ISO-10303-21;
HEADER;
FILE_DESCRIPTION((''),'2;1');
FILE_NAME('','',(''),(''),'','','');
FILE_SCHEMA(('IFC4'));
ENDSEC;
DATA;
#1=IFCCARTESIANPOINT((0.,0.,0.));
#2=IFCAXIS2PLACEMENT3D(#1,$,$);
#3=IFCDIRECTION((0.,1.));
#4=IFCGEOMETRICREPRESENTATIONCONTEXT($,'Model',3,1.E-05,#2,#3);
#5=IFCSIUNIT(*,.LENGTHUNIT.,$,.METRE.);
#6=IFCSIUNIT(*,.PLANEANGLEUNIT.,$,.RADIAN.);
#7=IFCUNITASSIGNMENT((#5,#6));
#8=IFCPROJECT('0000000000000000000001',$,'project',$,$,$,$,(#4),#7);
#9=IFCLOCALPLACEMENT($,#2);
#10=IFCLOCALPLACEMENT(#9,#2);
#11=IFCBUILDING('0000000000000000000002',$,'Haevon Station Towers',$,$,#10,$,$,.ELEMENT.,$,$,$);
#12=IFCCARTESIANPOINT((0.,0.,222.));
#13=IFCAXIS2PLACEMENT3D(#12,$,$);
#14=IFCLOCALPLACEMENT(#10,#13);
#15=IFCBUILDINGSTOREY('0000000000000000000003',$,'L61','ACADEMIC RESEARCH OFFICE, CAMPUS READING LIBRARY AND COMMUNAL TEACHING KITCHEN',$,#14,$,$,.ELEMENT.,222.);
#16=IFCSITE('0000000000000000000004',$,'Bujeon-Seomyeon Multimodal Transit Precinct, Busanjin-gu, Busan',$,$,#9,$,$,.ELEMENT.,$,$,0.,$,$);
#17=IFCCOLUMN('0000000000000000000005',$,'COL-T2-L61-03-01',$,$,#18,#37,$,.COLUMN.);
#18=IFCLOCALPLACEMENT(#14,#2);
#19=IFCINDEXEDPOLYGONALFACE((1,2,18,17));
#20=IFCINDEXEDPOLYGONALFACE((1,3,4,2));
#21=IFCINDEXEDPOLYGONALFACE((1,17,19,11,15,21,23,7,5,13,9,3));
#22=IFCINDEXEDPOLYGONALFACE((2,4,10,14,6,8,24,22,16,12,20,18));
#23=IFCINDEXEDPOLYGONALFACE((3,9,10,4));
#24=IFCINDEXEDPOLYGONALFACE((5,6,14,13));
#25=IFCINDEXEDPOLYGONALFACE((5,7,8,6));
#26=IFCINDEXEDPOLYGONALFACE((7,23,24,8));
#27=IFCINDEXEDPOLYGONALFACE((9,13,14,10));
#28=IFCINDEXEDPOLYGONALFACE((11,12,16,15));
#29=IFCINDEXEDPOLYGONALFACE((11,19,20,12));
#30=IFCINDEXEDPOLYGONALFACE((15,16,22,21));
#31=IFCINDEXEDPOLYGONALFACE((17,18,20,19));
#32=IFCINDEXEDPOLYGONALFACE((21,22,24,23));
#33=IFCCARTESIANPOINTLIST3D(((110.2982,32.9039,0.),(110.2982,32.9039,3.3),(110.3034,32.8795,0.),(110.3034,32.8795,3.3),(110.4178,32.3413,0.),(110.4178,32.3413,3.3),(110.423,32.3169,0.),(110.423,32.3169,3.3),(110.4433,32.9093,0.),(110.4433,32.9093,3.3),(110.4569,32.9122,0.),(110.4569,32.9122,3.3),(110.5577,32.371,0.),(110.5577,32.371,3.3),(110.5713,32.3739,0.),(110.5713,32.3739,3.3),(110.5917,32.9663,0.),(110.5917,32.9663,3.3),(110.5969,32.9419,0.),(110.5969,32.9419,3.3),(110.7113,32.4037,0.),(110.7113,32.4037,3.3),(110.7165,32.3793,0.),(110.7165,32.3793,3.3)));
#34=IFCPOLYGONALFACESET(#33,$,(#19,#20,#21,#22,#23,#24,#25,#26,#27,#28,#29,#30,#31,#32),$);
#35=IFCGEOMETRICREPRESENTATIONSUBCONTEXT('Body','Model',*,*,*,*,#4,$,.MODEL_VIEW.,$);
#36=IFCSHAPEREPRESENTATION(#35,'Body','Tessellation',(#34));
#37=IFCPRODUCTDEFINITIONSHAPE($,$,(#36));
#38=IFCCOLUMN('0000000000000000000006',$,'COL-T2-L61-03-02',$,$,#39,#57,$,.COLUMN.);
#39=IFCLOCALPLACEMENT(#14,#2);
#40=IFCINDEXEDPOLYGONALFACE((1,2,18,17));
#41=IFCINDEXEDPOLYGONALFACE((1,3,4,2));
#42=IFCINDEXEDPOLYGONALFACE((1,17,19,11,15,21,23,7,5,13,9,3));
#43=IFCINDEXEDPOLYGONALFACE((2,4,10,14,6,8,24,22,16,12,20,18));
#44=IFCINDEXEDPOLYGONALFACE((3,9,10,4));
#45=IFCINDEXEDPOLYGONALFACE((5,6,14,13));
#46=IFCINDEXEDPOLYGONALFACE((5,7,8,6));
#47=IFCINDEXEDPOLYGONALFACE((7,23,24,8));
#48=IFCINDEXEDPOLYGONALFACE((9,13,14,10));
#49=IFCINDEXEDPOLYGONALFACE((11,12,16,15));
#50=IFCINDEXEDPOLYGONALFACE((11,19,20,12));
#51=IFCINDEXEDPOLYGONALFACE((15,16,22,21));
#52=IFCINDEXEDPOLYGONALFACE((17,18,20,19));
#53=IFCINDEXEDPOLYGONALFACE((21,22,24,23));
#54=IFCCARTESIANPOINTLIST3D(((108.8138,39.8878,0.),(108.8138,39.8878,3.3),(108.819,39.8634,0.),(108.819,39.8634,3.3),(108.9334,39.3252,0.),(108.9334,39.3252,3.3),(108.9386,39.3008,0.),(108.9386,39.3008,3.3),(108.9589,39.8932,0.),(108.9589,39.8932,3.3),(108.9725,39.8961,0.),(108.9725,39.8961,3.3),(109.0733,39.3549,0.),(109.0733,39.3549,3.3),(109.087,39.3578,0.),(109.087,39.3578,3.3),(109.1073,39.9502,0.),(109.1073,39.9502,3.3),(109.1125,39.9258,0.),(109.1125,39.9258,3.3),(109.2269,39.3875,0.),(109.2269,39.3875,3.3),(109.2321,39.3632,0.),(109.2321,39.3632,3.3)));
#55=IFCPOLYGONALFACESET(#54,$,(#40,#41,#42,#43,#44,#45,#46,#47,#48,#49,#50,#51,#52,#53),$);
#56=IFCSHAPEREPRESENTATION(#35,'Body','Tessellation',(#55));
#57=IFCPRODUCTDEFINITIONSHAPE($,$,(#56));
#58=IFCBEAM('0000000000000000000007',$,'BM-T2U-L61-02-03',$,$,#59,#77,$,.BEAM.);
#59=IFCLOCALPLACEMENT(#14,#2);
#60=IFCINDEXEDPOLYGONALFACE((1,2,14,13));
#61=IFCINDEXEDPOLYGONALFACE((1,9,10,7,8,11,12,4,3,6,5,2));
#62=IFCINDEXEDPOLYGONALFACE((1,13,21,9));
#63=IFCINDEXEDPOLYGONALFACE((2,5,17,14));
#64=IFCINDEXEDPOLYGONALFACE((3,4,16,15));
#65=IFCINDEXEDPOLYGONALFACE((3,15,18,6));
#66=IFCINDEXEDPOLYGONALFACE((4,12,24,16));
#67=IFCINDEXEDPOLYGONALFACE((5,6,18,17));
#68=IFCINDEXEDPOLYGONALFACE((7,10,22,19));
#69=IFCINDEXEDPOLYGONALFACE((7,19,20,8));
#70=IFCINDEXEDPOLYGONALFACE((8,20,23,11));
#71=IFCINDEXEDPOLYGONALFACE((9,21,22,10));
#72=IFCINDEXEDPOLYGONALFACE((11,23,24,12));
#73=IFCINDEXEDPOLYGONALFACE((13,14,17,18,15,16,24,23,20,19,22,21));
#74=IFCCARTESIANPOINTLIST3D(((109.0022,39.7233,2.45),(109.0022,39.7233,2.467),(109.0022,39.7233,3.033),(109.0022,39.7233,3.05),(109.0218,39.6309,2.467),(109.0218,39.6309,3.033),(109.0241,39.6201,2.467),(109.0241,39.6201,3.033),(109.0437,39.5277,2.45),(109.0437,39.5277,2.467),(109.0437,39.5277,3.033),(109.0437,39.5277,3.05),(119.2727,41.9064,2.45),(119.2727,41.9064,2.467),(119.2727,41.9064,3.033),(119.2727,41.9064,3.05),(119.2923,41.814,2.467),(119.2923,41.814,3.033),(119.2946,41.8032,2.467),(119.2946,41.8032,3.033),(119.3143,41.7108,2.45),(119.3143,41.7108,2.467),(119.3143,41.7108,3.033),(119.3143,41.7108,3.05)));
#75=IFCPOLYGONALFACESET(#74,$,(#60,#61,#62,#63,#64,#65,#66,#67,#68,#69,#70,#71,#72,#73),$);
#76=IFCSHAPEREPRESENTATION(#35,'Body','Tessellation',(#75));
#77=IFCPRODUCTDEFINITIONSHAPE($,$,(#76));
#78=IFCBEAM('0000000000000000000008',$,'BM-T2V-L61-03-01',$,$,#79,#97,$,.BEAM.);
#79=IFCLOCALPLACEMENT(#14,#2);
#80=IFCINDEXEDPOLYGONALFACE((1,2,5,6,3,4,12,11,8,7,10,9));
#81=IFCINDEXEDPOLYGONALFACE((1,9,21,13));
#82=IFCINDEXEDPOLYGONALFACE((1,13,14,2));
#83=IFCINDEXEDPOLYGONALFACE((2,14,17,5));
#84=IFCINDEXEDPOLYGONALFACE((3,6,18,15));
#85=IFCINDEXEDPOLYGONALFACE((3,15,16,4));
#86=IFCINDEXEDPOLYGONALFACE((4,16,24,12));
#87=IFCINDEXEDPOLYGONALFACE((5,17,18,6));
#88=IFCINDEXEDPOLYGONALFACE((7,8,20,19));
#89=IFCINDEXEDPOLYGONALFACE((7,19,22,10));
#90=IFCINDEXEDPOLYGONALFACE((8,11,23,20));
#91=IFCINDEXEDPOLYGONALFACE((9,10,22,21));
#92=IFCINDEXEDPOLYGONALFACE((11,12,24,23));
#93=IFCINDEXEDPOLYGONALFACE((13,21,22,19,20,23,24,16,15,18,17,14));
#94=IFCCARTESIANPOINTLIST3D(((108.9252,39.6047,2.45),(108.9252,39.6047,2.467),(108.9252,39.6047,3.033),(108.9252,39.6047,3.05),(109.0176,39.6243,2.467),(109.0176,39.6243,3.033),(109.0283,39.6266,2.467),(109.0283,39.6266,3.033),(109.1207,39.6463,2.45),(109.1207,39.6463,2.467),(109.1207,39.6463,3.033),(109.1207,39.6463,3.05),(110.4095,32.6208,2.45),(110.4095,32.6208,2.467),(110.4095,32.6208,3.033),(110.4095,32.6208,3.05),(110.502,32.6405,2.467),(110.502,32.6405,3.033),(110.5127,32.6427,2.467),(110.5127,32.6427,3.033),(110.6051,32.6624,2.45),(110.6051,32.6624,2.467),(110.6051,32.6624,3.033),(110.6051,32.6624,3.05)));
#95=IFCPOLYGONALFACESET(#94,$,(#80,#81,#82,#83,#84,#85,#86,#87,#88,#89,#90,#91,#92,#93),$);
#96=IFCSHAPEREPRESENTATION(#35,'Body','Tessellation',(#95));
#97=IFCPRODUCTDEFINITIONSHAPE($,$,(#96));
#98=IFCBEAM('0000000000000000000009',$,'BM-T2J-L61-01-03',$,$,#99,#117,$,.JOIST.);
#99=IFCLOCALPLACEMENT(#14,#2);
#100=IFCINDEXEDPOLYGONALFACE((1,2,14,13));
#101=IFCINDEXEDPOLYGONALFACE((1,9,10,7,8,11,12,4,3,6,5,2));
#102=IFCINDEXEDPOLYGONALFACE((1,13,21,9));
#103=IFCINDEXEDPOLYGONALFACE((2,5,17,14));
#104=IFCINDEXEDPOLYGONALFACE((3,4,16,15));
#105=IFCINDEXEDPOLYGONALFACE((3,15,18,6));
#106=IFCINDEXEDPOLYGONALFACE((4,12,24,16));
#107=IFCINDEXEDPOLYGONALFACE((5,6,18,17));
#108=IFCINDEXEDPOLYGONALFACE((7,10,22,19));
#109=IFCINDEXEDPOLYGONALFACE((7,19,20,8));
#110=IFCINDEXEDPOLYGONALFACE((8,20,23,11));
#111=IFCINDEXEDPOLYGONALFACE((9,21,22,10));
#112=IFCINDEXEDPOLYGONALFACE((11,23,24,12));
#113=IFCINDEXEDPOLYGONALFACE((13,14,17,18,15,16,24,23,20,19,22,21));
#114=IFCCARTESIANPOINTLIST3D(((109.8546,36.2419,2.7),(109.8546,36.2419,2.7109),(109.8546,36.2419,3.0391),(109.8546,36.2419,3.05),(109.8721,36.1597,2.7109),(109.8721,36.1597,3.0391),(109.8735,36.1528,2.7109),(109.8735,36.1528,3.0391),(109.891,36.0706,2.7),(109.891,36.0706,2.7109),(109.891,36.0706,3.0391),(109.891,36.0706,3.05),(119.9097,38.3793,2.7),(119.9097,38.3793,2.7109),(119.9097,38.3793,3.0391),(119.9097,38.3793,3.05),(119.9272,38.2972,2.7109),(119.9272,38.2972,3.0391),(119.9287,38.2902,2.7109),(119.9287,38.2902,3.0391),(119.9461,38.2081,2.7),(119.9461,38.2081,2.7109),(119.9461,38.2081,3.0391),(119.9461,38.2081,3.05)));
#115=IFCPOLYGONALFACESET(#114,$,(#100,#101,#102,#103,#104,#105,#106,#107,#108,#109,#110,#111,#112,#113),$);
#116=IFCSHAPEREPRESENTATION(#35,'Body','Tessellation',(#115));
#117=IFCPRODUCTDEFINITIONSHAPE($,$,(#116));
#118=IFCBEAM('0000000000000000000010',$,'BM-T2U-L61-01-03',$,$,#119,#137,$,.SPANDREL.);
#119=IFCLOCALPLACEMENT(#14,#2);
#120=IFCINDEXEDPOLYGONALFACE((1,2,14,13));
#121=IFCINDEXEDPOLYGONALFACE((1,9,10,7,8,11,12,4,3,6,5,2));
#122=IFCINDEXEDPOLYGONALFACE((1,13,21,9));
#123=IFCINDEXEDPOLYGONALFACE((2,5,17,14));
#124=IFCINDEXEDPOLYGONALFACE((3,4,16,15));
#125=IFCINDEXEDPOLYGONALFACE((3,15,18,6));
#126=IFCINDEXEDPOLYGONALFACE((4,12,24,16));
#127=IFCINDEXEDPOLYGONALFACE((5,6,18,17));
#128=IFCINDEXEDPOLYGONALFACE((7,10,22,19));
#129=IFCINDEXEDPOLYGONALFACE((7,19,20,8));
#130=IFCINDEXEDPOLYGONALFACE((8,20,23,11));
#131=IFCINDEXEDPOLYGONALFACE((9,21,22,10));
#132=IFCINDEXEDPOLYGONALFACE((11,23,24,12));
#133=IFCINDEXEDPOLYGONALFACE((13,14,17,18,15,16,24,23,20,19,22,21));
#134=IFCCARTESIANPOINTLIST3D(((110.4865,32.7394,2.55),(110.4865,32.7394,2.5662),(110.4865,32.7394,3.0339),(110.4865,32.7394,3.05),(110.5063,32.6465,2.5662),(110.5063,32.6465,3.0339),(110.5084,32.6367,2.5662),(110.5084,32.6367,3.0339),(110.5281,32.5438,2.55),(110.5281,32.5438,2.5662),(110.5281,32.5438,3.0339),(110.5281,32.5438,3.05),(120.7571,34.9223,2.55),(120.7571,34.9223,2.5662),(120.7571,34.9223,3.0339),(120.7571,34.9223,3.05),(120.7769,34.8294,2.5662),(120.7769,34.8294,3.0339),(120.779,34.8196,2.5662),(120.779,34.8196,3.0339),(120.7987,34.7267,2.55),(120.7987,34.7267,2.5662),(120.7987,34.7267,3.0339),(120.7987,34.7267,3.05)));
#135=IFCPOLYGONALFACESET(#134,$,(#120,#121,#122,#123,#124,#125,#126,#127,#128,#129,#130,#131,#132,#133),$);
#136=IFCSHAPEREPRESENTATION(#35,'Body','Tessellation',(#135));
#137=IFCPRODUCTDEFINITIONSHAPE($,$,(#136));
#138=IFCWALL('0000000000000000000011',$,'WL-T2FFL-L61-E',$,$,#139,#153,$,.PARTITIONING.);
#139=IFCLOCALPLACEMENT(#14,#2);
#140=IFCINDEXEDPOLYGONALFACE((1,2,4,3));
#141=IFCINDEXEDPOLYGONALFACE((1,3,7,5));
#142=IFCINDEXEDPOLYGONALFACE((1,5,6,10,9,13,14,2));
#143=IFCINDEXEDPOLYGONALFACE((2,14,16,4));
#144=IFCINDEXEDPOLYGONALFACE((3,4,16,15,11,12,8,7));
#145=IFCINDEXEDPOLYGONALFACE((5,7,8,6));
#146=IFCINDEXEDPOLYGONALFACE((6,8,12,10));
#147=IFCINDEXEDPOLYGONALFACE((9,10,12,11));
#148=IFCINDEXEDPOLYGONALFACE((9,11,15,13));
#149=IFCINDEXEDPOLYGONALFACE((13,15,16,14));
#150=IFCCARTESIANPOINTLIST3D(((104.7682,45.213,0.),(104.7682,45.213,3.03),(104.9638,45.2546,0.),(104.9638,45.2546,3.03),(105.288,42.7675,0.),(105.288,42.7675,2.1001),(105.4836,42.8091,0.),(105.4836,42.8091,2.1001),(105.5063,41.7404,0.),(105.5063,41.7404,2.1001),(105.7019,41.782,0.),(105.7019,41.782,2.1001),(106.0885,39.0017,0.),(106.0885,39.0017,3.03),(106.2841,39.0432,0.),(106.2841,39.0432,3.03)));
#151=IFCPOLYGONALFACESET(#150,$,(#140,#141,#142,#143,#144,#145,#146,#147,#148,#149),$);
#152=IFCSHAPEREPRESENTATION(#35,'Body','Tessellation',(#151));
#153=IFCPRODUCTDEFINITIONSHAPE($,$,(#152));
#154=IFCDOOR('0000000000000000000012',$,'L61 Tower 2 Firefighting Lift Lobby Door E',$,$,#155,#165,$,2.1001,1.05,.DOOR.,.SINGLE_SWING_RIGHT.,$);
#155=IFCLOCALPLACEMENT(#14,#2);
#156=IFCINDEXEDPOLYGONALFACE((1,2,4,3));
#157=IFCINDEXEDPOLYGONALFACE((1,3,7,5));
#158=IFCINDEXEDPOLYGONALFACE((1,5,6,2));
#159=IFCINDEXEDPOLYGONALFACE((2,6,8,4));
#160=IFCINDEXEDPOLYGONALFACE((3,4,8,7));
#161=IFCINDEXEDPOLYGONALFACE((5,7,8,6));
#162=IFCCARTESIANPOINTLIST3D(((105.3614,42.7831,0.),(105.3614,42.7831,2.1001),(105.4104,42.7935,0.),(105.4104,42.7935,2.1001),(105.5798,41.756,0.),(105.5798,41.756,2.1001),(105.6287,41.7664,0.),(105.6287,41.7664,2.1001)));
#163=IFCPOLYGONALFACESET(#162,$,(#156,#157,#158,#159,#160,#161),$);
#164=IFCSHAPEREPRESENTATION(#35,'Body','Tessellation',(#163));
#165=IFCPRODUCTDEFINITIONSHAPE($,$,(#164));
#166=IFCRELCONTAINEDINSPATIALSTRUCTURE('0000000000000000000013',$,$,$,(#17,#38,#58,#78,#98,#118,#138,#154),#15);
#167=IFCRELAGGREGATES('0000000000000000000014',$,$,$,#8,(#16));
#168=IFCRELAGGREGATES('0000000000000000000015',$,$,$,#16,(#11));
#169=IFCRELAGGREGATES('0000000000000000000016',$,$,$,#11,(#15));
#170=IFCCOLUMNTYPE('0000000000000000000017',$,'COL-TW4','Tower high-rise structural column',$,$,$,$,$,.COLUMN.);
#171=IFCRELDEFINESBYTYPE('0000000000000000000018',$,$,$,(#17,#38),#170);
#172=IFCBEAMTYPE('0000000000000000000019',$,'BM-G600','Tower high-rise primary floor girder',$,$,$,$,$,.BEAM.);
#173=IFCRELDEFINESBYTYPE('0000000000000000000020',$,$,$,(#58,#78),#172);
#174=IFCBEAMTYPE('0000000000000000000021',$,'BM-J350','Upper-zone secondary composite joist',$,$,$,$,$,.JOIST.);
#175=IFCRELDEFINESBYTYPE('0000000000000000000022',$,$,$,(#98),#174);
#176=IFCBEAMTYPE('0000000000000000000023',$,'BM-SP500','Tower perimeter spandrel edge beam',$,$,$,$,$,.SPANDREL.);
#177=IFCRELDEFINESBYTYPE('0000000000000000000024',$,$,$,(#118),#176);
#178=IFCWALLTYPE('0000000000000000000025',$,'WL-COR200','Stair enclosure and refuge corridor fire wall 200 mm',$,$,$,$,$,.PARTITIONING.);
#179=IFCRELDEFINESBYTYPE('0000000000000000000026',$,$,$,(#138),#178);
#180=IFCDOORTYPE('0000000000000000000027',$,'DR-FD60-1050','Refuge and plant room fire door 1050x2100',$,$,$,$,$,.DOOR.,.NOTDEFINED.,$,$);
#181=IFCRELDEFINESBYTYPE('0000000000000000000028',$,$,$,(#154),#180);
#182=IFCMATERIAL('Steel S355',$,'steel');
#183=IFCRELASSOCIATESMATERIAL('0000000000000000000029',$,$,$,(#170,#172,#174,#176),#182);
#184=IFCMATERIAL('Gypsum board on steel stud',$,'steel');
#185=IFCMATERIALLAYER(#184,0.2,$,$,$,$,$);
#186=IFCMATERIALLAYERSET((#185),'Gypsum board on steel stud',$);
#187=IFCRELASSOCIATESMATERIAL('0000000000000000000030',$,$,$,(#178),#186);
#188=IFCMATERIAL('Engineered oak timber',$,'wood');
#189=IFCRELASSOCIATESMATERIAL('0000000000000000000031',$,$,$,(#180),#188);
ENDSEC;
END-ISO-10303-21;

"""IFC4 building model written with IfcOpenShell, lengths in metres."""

from ifc_helpers import new_model, si_unit, direction, frame, frame_2d, origin, origin_2d, place, context, subcontext, project, spatial, rectangle, i_section, extrude, material, layer, layer_set, material_profile, profile_set, type_object, element, fill, save


model = new_model("IFC4")

# Units and contexts
model_context = context("Model", 3, precision=1e-05, world=origin(), true_north=direction((0.0, 1.0)))
body_context = subcontext(model_context, "Body", "Model", "MODEL_VIEW")
ifc_project = project(units=[si_unit("LENGTHUNIT", "METRE"), si_unit("PLANEANGLEUNIT", "RADIAN")], contexts=[model_context])

# Site, building, storey
site_placement = place(None, origin())
site = spatial("IfcSite", under=ifc_project, at=site_placement, Name="Bujeon-Seomyeon Multimodal Transit Precinct, Busanjin-gu, Busan", CompositionType="ELEMENT", RefElevation=0.0)
building_placement = place(site_placement, origin())
building = spatial("IfcBuilding", under=site, at=building_placement, Name="Haevon Station Towers", CompositionType="ELEMENT")
storey_placement = place(building_placement, frame((0.0, 0.0, 222.0)))
storey = spatial("IfcBuildingStorey", under=building, at=storey_placement, Name="L61", Description="ACADEMIC RESEARCH OFFICE, CAMPUS READING LIBRARY AND COMMUNAL TEACHING KITCHEN", CompositionType="ELEMENT", Elevation=222.0)

# Columns
ifc_material_1 = material(Name="Steel S355", Category="steel")
ifc_material_profile_1 = material_profile(ifc_material_1, i_section(OverallWidth=0.3, OverallDepth=0.6001, WebThickness=0.0139, FlangeThickness=0.0249, at=origin_2d()), Name="H-600x300x14x25")
ifc_profile_set_1 = profile_set([ifc_material_profile_1], Name="Steel S355")
column_type = type_object("IfcColumnType", Name="COL-TW4", Description="Tower high-rise structural column", PredefinedType="COLUMN", material=ifc_profile_set_1)
for number, where, z_axis, x_axis, name in (
    (1, (110.5073, 32.6416, 0.0), (0.0, 0.0, 1.0), (0.978148, 0.207912, 0.0), "COL-T2-L61-03-01"),
    (2, (109.0229, 39.6255, 0.0), (0.0, 0.0, 1.0), (0.978148, 0.207912, 0.0), "COL-T2-L61-03-02"),
):
    element("IfcColumn", number, at=place(storey_placement, frame(where, z_axis=z_axis, x_axis=x_axis)), inside=storey, type_object=column_type, Name=name, PredefinedType="COLUMN", context=body_context, shape_type="SweptSolid", body=[
        extrude(i_section(OverallWidth=0.3, OverallDepth=0.6001, WebThickness=0.0139, FlangeThickness=0.0249, at=origin_2d()), origin(), (0.0, 0.0, 1.0), 3.3),
    ])

# Beams
ifc_material_profile_2 = material_profile(ifc_material_1, i_section(OverallWidth=0.2, OverallDepth=0.6001, WebThickness=0.011, FlangeThickness=0.0171, at=origin_2d()), Name="H-600x200x11x17")
ifc_profile_set_2 = profile_set([ifc_material_profile_2], Name="Steel S355")
beam_type_1 = type_object("IfcBeamType", Name="BM-G600", Description="Tower high-rise primary floor girder", PredefinedType="BEAM", material=ifc_profile_set_2)
beam_1_placement = place(storey_placement, frame((109.0229, 39.6255, 2.75), z_axis=(0.978147, 0.207915, 0.0), x_axis=(-0.207915, 0.978147, 0.0)))
element("IfcBeam", 3, at=beam_1_placement, inside=storey, type_object=beam_type_1, Name="BM-T2U-L61-02-03", PredefinedType="BEAM", context=body_context, shape_type="SweptSolid", body=[
    extrude(i_section(OverallWidth=0.2, OverallDepth=0.6001, WebThickness=0.011, FlangeThickness=0.0171, at=origin_2d()), origin(), (0.0, 0.0, 1.0), 10.5),
])
beam_2_placement = place(storey_placement, frame((110.5073, 32.6416, 2.75), z_axis=(-0.207899, 0.97815, 0.0), x_axis=(-0.97815, -0.207899, 0.0)))
element("IfcBeam", 4, at=beam_2_placement, inside=storey, type_object=beam_type_1, Name="BM-T2V-L61-03-01", PredefinedType="BEAM", context=body_context, shape_type="SweptSolid", body=[
    extrude(i_section(OverallWidth=0.2, OverallDepth=0.6001, WebThickness=0.011, FlangeThickness=0.0171, at=origin_2d()), origin(), (0.0, 0.0, 1.0), 7.1399),
])
ifc_material_profile_3 = material_profile(ifc_material_1, i_section(OverallWidth=0.175, OverallDepth=0.3501, WebThickness=0.0071, FlangeThickness=0.011, at=origin_2d()), Name="H-350x175x7x11")
ifc_profile_set_3 = profile_set([ifc_material_profile_3], Name="Steel S355")
beam_type_2 = type_object("IfcBeamType", Name="BM-J350", Description="Upper-zone secondary composite joist", PredefinedType="JOIST", material=ifc_profile_set_3)
beam_3_placement = place(storey_placement, frame((109.8728, 36.1562, 2.875), z_axis=(0.978144, 0.207926, 0.0), x_axis=(-0.207926, 0.978144, 0.0)))
element("IfcBeam", 5, at=beam_3_placement, inside=storey, type_object=beam_type_2, Name="BM-T2J-L61-01-03", PredefinedType="JOIST", context=body_context, shape_type="SweptSolid", body=[
    extrude(i_section(OverallWidth=0.175, OverallDepth=0.3501, WebThickness=0.0071, FlangeThickness=0.011, at=origin_2d()), origin(), (0.0, 0.0, 1.0), 10.2798),
])
ifc_material_profile_4 = material_profile(ifc_material_1, i_section(OverallWidth=0.2, OverallDepth=0.5, WebThickness=0.01, FlangeThickness=0.0161, at=origin_2d()), Name="H-500x200x10x16")
ifc_profile_set_4 = profile_set([ifc_material_profile_4], Name="Steel S355")
beam_type_3 = type_object("IfcBeamType", Name="BM-SP500", Description="Tower perimeter spandrel edge beam", PredefinedType="SPANDREL", material=ifc_profile_set_4)
beam_4_placement = place(storey_placement, frame((110.5073, 32.6416, 2.8), z_axis=(0.978152, 0.207893, 0.0), x_axis=(-0.207893, 0.978152, 0.0)))
element("IfcBeam", 6, at=beam_4_placement, inside=storey, type_object=beam_type_3, Name="BM-T2U-L61-01-03", PredefinedType="SPANDREL", context=body_context, shape_type="SweptSolid", body=[
    extrude(i_section(OverallWidth=0.2, OverallDepth=0.5, WebThickness=0.01, FlangeThickness=0.0161, at=origin_2d()), origin(), (0.0, 0.0, 1.0), 10.5),
])

# Wall, opening, door
ifc_material_2 = material(Name="Gypsum board on steel stud", Category="steel")
ifc_layer_1 = layer(ifc_material_2, 0.2)
ifc_layer_set_1 = layer_set([ifc_layer_1], Name="Gypsum board on steel stud")
wall_type_1 = type_object("IfcWallType", Name="WL-COR200", Description="Stair enclosure and refuge corridor fire wall 200 mm", PredefinedType="PARTITIONING", material=ifc_layer_set_1)
wall_1_placement = place(storey_placement, frame((106.1863, 39.0225, 0.0), z_axis=(0.0, 0.0, 1.0), x_axis=(-0.207917, 0.978147, 0.0)))
wall_1 = element("IfcWall", 7, at=wall_1_placement, inside=storey, type_object=wall_type_1, Name="WL-T2FFL-L61-E", PredefinedType="PARTITIONING", context=body_context, shape_type="SweptSolid", body=[
    extrude(rectangle(XDim=6.3501, YDim=0.2, at=frame_2d((3.175, 0.0))), origin(), (0.0, 0.0, 1.0), 3.03),
])
opening_1_placement = place(wall_1_placement, frame((2.8, 0.0, 0.0)))
opening_1 = element("IfcOpeningElement", 8, at=opening_1_placement, cuts=wall_1, PredefinedType="OPENING", context=body_context, shape_type="SweptSolid", body=[
    extrude(rectangle(XDim=1.05, YDim=2.1001, at=frame_2d((0.5249, 1.05))), frame((0.0, 0.1099, 0.0), z_axis=(0.0, -1.0, 0.0), x_axis=(1.0, 0.0, 0.0)), (0.0, 0.0, 1.0), 0.22),
])
ifc_material_3 = material(Name="Engineered oak timber", Category="wood")
door_type = type_object("IfcDoorType", Name="DR-FD60-1050", Description="Refuge and plant room fire door 1050x2100", OperationType="NOTDEFINED", PredefinedType="DOOR", material=ifc_material_3)
door_1_placement = place(opening_1_placement, origin())
door_1 = element("IfcDoor", 9, at=door_1_placement, inside=storey, type_object=door_type, Name="L61 Tower 2 Firefighting Lift Lobby Door E", OperationType="SINGLE_SWING_RIGHT", OverallHeight=2.1001, OverallWidth=1.05, PredefinedType="DOOR", context=body_context, shape_type="SweptSolid", body=[
    extrude(rectangle(XDim=1.05, YDim=2.1001, at=frame_2d((0.5249, 1.05))), frame((0.0, 0.0249, 0.0), z_axis=(0.0, -1.0, 0.0), x_axis=(1.0, 0.0, 0.0)), (0.0, 0.0, 1.0), 0.05),
])
fill(opening_1, door_1)

save(model, "model.ifc")
